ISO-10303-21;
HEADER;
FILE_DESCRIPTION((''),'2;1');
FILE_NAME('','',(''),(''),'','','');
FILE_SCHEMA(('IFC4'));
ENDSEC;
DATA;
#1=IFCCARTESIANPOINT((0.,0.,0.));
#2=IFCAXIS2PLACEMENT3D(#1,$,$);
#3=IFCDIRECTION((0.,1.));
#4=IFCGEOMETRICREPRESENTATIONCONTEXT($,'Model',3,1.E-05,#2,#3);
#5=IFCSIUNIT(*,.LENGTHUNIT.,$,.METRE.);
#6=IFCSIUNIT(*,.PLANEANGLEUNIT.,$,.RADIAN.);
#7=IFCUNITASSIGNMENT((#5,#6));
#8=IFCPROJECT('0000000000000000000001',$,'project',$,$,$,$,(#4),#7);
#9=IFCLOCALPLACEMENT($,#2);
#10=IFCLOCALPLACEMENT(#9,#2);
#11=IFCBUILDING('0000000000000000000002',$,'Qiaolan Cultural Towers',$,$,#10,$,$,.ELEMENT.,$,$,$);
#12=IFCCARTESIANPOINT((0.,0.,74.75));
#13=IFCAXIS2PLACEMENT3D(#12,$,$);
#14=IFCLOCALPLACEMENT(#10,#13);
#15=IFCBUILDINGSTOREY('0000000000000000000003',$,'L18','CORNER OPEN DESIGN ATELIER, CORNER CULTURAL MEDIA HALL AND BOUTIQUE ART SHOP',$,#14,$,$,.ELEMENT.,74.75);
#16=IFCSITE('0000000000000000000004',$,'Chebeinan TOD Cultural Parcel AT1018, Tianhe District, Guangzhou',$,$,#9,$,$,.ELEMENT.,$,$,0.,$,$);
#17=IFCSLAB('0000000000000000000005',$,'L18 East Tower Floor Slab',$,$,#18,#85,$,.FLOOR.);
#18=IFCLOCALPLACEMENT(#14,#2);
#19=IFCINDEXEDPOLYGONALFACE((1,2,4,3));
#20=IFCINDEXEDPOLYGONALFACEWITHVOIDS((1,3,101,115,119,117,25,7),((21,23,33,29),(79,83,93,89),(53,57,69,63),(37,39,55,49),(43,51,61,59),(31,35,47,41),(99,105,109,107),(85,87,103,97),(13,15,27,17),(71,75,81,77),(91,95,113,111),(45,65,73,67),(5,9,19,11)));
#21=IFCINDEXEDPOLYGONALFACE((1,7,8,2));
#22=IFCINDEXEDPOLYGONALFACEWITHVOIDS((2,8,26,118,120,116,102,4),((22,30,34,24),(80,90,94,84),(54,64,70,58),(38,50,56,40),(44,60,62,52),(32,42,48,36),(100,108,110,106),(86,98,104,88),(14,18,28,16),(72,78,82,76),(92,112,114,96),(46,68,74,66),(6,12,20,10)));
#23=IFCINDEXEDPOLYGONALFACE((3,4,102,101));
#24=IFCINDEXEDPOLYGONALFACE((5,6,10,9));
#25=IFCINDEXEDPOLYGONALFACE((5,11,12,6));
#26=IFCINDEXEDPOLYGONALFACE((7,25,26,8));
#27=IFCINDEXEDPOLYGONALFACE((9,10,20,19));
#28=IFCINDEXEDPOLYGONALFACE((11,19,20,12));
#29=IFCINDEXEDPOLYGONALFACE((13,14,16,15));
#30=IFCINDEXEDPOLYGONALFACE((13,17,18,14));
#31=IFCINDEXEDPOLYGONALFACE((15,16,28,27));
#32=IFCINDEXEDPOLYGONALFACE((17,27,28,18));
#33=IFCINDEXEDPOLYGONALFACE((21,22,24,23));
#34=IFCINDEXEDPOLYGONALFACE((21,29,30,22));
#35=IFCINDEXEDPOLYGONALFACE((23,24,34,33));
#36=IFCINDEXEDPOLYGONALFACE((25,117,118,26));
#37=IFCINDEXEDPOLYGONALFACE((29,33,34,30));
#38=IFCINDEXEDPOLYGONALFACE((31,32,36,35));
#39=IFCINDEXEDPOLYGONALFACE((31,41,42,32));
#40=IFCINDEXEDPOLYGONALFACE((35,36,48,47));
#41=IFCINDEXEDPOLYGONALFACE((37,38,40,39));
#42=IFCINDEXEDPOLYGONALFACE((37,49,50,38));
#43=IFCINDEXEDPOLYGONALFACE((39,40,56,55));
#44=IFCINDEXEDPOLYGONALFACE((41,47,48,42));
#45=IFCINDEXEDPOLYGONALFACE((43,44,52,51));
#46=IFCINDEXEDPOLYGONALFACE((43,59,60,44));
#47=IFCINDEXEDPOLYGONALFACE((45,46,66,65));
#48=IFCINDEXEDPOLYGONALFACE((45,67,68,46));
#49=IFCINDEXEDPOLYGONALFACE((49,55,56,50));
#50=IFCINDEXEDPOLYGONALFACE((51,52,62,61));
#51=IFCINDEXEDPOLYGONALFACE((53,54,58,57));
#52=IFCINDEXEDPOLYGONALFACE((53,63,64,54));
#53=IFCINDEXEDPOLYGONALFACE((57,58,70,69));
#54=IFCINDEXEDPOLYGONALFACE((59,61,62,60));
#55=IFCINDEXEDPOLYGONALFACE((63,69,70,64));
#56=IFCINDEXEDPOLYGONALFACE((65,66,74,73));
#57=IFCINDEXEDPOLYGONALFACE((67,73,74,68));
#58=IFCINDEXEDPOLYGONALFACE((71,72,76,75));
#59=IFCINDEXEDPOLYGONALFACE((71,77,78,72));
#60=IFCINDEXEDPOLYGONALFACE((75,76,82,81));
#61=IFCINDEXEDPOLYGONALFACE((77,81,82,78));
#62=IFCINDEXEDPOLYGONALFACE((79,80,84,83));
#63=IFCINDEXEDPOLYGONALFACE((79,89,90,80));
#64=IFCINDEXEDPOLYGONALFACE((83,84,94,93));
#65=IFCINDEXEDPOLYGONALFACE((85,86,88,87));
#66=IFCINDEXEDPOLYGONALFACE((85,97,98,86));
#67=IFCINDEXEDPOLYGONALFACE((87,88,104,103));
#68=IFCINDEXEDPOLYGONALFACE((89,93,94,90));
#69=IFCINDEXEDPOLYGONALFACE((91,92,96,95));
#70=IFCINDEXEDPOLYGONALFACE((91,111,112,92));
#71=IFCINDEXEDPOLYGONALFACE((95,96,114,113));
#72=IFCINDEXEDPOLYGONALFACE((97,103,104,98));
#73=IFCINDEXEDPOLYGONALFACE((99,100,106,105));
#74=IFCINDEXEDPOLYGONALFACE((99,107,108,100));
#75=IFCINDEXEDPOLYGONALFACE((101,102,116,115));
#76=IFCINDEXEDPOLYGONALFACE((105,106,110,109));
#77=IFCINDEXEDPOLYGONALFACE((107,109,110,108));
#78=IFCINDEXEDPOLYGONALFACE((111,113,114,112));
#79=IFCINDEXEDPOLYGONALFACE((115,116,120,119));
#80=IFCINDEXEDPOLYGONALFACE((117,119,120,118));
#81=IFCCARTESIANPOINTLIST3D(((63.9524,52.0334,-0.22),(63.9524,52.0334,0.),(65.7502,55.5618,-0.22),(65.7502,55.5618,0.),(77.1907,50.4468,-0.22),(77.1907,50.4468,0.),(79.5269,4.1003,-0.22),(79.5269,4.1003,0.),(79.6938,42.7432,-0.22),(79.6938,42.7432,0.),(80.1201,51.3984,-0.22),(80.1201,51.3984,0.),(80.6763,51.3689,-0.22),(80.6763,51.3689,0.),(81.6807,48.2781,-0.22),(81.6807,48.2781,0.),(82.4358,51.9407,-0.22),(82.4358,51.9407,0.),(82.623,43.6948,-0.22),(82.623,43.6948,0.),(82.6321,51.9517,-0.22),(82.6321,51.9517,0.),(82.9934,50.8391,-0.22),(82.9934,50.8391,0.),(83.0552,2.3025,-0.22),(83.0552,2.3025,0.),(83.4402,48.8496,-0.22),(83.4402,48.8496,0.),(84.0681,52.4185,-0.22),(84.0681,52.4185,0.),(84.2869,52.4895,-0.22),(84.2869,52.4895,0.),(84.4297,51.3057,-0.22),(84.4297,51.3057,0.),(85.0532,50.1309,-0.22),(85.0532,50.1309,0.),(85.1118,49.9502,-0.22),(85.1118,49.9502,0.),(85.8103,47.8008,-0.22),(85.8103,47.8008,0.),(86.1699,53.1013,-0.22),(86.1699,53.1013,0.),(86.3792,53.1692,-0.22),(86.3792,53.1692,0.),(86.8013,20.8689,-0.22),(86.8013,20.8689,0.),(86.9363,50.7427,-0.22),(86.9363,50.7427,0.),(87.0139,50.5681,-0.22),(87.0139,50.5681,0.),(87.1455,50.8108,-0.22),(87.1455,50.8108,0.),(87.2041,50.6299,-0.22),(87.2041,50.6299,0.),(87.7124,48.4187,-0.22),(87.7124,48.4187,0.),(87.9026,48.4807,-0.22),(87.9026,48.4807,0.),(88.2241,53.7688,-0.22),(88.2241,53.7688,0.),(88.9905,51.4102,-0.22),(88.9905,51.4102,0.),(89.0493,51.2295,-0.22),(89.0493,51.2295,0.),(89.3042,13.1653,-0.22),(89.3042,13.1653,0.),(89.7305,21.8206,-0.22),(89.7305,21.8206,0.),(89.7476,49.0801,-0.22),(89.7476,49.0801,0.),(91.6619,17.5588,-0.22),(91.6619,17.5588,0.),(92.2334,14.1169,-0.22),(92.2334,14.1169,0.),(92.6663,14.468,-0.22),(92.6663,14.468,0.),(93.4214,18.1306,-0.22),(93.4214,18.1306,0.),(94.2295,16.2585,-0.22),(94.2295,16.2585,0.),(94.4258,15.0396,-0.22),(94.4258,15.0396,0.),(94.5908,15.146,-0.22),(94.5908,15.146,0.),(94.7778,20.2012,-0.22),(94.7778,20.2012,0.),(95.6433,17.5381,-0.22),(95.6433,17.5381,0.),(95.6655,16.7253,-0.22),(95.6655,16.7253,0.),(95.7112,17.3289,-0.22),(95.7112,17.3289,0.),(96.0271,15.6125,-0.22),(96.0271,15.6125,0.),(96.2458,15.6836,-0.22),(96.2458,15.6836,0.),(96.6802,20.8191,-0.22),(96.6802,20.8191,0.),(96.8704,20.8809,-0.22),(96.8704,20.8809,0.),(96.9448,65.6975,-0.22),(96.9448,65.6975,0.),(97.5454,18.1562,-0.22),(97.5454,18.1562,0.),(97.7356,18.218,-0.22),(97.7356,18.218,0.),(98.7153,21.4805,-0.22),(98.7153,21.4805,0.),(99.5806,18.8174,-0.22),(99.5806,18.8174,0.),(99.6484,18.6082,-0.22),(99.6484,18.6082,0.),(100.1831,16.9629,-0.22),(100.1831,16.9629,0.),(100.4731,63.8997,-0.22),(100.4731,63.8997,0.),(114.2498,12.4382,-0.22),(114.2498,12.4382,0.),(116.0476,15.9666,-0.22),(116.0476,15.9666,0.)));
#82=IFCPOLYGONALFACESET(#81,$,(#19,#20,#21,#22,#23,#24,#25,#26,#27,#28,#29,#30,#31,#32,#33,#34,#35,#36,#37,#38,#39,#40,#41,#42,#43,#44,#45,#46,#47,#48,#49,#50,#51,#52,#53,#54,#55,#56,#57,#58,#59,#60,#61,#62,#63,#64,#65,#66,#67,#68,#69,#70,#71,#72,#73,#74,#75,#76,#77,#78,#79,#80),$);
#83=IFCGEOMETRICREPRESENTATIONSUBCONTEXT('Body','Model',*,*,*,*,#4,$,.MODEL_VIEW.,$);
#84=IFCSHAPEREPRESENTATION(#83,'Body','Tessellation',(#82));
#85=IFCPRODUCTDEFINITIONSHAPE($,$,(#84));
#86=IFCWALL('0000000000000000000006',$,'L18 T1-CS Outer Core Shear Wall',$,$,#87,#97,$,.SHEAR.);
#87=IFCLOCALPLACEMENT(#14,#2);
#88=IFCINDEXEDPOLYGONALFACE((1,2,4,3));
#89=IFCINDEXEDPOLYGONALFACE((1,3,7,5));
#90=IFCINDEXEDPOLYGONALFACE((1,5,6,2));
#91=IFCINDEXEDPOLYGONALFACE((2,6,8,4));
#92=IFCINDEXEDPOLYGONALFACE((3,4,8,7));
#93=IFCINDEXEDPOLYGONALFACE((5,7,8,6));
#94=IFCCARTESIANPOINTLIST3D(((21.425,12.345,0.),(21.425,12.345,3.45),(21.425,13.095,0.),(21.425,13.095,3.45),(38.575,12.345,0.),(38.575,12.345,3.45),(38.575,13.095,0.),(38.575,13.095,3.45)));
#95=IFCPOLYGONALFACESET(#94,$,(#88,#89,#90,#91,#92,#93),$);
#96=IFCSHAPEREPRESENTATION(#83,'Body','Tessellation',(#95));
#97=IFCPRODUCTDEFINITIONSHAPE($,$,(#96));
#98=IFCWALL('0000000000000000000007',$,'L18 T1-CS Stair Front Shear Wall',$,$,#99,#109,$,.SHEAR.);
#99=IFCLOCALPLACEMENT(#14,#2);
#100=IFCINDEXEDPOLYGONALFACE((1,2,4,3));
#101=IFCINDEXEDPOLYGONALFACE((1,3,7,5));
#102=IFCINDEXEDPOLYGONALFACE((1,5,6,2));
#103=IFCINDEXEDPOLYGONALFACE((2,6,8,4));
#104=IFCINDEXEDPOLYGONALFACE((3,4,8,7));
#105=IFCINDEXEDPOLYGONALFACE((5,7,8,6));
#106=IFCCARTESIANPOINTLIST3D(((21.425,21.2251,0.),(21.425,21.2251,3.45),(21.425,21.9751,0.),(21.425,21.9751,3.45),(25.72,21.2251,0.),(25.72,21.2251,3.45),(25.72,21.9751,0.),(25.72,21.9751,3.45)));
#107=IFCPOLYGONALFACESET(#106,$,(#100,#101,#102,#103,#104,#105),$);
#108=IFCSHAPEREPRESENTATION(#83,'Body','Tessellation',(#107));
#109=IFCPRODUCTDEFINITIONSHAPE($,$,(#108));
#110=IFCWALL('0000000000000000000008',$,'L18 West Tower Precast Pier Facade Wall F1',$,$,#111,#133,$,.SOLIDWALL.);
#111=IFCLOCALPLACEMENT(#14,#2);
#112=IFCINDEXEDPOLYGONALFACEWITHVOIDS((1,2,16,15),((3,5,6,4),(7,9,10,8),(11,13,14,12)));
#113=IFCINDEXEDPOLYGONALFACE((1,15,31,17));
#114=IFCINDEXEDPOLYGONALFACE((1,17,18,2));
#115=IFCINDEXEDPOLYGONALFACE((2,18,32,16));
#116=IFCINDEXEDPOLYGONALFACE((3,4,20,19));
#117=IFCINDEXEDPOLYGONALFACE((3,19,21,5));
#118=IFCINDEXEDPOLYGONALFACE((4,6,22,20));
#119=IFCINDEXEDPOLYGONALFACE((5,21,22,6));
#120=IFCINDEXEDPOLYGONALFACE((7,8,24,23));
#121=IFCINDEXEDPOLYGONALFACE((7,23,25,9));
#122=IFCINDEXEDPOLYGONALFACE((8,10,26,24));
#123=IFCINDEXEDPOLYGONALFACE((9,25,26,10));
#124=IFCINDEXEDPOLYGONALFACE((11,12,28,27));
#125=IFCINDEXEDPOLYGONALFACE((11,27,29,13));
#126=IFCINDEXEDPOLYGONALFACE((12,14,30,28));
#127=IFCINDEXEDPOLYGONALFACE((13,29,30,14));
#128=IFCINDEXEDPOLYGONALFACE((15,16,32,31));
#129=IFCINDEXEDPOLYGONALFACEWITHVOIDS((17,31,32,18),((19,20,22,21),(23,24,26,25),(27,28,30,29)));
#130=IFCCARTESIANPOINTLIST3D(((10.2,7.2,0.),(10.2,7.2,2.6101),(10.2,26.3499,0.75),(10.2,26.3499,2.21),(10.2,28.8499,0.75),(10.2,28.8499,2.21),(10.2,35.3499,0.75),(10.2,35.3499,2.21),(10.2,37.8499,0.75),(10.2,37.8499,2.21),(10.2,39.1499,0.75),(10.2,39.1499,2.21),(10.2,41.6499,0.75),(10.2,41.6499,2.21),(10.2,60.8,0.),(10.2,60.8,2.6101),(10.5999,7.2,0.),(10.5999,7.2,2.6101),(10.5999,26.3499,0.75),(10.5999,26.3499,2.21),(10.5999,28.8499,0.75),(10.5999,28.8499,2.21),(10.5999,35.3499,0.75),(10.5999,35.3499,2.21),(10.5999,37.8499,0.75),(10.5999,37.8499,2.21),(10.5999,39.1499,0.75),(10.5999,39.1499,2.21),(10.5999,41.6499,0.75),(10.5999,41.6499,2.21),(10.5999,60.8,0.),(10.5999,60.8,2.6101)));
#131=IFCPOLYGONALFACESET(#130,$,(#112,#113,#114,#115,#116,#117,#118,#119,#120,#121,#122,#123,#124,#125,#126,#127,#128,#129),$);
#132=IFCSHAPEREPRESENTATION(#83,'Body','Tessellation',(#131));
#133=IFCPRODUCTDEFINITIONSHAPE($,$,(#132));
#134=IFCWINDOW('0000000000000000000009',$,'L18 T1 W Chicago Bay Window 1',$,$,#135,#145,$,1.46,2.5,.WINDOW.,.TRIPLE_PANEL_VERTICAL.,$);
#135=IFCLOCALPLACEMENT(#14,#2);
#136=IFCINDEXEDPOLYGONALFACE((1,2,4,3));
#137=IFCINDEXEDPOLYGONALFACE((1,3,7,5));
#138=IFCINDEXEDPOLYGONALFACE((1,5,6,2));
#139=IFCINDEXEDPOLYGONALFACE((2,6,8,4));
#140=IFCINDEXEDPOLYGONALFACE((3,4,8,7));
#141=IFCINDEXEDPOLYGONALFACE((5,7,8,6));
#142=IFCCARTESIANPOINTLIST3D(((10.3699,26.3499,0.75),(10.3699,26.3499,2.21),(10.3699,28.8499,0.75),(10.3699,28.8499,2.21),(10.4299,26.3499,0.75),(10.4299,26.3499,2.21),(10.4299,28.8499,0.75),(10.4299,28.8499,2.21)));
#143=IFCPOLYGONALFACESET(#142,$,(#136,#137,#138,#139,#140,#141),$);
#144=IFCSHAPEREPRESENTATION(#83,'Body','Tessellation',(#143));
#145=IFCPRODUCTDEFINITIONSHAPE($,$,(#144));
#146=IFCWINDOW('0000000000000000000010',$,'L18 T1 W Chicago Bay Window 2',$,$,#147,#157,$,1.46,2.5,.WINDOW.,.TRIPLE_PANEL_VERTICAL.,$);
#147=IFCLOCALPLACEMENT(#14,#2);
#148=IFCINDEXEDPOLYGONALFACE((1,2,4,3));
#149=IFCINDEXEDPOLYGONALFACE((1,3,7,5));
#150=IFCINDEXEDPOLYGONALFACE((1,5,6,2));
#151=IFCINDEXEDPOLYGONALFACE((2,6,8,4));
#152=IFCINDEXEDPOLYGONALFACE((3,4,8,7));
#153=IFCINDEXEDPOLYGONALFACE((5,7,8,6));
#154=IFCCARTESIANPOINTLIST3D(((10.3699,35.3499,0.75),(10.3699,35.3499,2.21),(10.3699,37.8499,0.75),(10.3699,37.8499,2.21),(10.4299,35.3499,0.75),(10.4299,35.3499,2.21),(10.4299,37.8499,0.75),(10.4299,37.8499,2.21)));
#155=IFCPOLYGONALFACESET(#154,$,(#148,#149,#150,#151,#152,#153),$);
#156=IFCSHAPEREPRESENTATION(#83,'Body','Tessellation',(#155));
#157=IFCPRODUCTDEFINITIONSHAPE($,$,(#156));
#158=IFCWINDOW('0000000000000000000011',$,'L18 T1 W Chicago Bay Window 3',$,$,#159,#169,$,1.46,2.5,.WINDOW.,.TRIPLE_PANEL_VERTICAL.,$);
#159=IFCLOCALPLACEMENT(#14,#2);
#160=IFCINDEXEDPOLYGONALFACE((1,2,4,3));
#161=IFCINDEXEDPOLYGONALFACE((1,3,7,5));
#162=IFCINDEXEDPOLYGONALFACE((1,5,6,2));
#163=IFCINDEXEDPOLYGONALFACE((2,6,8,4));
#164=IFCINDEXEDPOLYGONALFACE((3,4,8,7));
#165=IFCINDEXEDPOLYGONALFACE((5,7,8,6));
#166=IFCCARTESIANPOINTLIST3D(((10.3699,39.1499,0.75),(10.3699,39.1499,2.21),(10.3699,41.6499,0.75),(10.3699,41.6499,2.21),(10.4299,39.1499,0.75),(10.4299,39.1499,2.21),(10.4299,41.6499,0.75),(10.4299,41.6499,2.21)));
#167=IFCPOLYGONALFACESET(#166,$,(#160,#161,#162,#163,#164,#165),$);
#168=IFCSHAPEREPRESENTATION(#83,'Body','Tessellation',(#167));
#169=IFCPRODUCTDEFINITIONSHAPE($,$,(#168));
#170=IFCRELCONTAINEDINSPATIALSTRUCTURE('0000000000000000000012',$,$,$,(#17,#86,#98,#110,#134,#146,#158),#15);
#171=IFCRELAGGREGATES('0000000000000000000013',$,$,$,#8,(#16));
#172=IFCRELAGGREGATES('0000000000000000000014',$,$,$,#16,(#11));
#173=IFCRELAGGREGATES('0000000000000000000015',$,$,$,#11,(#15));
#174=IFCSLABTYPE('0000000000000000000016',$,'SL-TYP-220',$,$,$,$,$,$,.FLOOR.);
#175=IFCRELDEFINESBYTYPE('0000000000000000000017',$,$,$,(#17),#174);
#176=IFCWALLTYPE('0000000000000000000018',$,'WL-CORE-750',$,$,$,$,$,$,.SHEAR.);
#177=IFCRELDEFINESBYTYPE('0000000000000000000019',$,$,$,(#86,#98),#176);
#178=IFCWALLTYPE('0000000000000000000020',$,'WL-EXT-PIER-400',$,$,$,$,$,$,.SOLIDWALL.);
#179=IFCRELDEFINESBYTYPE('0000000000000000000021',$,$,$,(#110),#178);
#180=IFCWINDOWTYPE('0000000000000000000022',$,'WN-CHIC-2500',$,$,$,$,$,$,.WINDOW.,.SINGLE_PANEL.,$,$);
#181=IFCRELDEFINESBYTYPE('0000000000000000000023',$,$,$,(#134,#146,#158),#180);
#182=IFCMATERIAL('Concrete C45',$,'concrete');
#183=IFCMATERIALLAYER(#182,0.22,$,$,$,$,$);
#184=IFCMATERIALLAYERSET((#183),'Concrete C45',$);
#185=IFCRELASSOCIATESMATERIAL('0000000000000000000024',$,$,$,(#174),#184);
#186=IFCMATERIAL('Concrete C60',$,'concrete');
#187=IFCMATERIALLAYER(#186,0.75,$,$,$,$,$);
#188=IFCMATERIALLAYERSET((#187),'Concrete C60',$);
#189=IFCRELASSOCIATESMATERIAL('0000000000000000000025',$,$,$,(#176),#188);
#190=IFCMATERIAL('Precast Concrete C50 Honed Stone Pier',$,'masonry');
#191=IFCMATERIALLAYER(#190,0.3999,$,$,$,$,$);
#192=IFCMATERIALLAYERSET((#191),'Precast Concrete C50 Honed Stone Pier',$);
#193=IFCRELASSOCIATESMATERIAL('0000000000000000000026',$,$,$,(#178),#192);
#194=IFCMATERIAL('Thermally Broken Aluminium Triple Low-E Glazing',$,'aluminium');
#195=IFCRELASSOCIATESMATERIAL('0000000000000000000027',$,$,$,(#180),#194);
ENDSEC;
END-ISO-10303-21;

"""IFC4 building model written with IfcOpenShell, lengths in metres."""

from ifc_helpers import new_model, si_unit, direction, frame, frame_2d, origin, place, context, subcontext, project, spatial, polyline, rectangle, outline, extrude, material, layer, layer_set, type_object, element, fill, save


model = new_model("IFC4")

# Units and contexts
model_context = context("Model", 3, precision=1e-05, world=origin(), true_north=direction((0.0, 1.0)))
body_context = subcontext(model_context, "Body", "Model", "MODEL_VIEW")
ifc_project = project(units=[si_unit("LENGTHUNIT", "METRE"), si_unit("PLANEANGLEUNIT", "RADIAN")], contexts=[model_context])

# Site, building, storey
site_placement = place(None, origin())
site = spatial("IfcSite", under=ifc_project, at=site_placement, Name="Chebeinan TOD Cultural Parcel AT1018, Tianhe District, Guangzhou", CompositionType="ELEMENT", RefElevation=0.0)
building_placement = place(site_placement, origin())
building = spatial("IfcBuilding", under=site, at=building_placement, Name="Qiaolan Cultural Towers", CompositionType="ELEMENT")
storey_placement = place(building_placement, frame((0.0, 0.0, 74.75)))
storey = spatial("IfcBuildingStorey", under=building, at=storey_placement, Name="L18", Description="CORNER OPEN DESIGN ATELIER, CORNER CULTURAL MEDIA HALL AND BOUTIQUE ART SHOP", CompositionType="ELEMENT", Elevation=74.75)

# Slab
ifc_material_1 = material(Name="Concrete C45", Category="concrete")
ifc_layer_1 = layer(ifc_material_1, 0.22)
ifc_layer_set_1 = layer_set([ifc_layer_1], Name="Concrete C45")
slab_type_1 = type_object("IfcSlabType", Name="SL-TYP-220", PredefinedType="FLOOR", material=ifc_layer_set_1)
slab_1_placement = place(storey_placement, frame((0.0, 0.0, -0.22)))
element("IfcSlab", 1, at=slab_1_placement, inside=storey, type_object=slab_type_1, Name="L18 East Tower Floor Slab", PredefinedType="FLOOR", context=body_context, shape_type="SweptSolid", body=[
    extrude(outline(polyline([(83.0552, 2.3025), (114.2498, 12.4382), (116.0476, 15.9666), (100.4731, 63.8997), (96.9448, 65.6975), (65.7502, 55.5618), (63.9524, 52.0334), (79.5269, 4.1003), (83.0552, 2.3025)]), holes=[polyline([(86.8013, 20.8689), (89.3042, 13.1653), (92.2334, 14.1169), (89.7305, 21.8206), (86.8013, 20.8689)]), polyline([(82.623, 43.6948), (80.1201, 51.3984), (77.1907, 50.4468), (79.6938, 42.7432), (82.623, 43.6948)]), polyline([(92.6663, 14.468), (94.4258, 15.0396), (93.4214, 18.1306), (91.6619, 17.5588), (92.6663, 14.468)]), polyline([(94.5908, 15.146), (96.0271, 15.6125), (95.6655, 16.7253), (94.2295, 16.2585), (94.5908, 15.146)]), polyline([(95.6433, 17.5381), (97.5454, 18.1562), (96.6802, 20.8191), (94.7778, 20.2012), (95.6433, 17.5381)]), polyline([(97.7356, 18.218), (99.5806, 18.8174), (98.7153, 21.4805), (96.8704, 20.8809), (97.7356, 18.218)]), polyline([(96.2458, 15.6836), (100.1831, 16.9629), (99.6484, 18.6082), (95.7112, 17.3289), (96.2458, 15.6836)]), polyline([(81.6807, 48.2781), (83.4402, 48.8496), (82.4358, 51.9407), (80.6763, 51.3689), (81.6807, 48.2781)]), polyline([(82.9934, 50.8391), (84.4297, 51.3057), (84.0681, 52.4185), (82.6321, 51.9517), (82.9934, 50.8391)]), polyline([(85.8103, 47.8008), (87.7124, 48.4187), (87.0139, 50.5681), (85.1118, 49.9502), (85.8103, 47.8008)]), polyline([(87.9026, 48.4807), (89.7476, 49.0801), (89.0493, 51.2295), (87.2041, 50.6299), (87.9026, 48.4807)]), polyline([(85.0532, 50.1309), (86.9363, 50.7427), (86.1699, 53.1013), (84.2869, 52.4895), (85.0532, 50.1309)]), polyline([(87.1455, 50.8108), (88.9905, 51.4102), (88.2241, 53.7688), (86.3792, 53.1692), (87.1455, 50.8108)])]), origin(), (0.0, 0.0, 1.0), 0.22),
])

# Walls
ifc_material_2 = material(Name="Concrete C60", Category="concrete")
ifc_layer_2 = layer(ifc_material_2, 0.75)
ifc_layer_set_2 = layer_set([ifc_layer_2], Name="Concrete C60")
wall_type_1 = type_object("IfcWallType", Name="WL-CORE-750", PredefinedType="SHEAR", material=ifc_layer_set_2)
wall_1_placement = place(storey_placement, frame((21.425, 12.72, 0.0), z_axis=(0.0, 0.0, 1.0), x_axis=(1.0, 0.0, 0.0)))
element("IfcWall", 2, at=wall_1_placement, inside=storey, type_object=wall_type_1, Name="L18 T1-CS Outer Core Shear Wall", PredefinedType="SHEAR", context=body_context, shape_type="SweptSolid", body=[
    extrude(rectangle(XDim=17.1499, YDim=0.75, at=frame_2d((8.575, 0.0))), origin(), (0.0, 0.0, 1.0), 3.45),
])
wall_2_placement = place(storey_placement, frame((21.425, 21.6001, 0.0), z_axis=(0.0, 0.0, 1.0), x_axis=(1.0, 0.0, 0.0)))
element("IfcWall", 3, at=wall_2_placement, inside=storey, type_object=wall_type_1, Name="L18 T1-CS Stair Front Shear Wall", PredefinedType="SHEAR", context=body_context, shape_type="SweptSolid", body=[
    extrude(rectangle(XDim=4.2949, YDim=0.75, at=frame_2d((2.1475, 0.0))), origin(), (0.0, 0.0, 1.0), 3.45),
])

# Wall, openings, windows
ifc_material_3 = material(Name="Precast Concrete C50 Honed Stone Pier", Category="masonry")
ifc_layer_3 = layer(ifc_material_3, 0.3999)
ifc_layer_set_3 = layer_set([ifc_layer_3], Name="Precast Concrete C50 Honed Stone Pier")
wall_type_2 = type_object("IfcWallType", Name="WL-EXT-PIER-400", PredefinedType="SOLIDWALL", material=ifc_layer_set_3)
wall_3_placement = place(storey_placement, frame((10.3999, 7.2, 0.0), z_axis=(0.0, 0.0, 1.0), x_axis=(0.0, 1.0, 0.0)))
wall_3 = element("IfcWall", 4, at=wall_3_placement, inside=storey, type_object=wall_type_2, Name="L18 West Tower Precast Pier Facade Wall F1", PredefinedType="SOLIDWALL", context=body_context, shape_type="SweptSolid", body=[
    extrude(rectangle(XDim=53.6001, YDim=0.3999, at=frame_2d((26.8, 0.0))), origin(), (0.0, 0.0, 1.0), 2.6101),
])
opening_1_placement = place(wall_3_placement, frame((19.1499, 0.0, 0.75)))
opening_1 = element("IfcOpeningElement", 5, at=opening_1_placement, cuts=wall_3, PredefinedType="OPENING", context=body_context, shape_type="SweptSolid", body=[
    extrude(rectangle(XDim=2.5, YDim=1.46, at=frame_2d((1.25, 0.73))), frame((0.0, 0.21, 0.0), z_axis=(0.0, -1.0, 0.0), x_axis=(1.0, 0.0, 0.0)), (0.0, 0.0, 1.0), 0.4199),
])
opening_2_placement = place(wall_3_placement, frame((28.1499, 0.0, 0.75)))
opening_2 = element("IfcOpeningElement", 6, at=opening_2_placement, cuts=wall_3, PredefinedType="OPENING", context=body_context, shape_type="SweptSolid", body=[
    extrude(rectangle(XDim=2.5, YDim=1.46, at=frame_2d((1.25, 0.73))), frame((0.0, 0.21, 0.0), z_axis=(0.0, -1.0, 0.0), x_axis=(1.0, 0.0, 0.0)), (0.0, 0.0, 1.0), 0.4199),
])
opening_3_placement = place(wall_3_placement, frame((31.95, 0.0, 0.75)))
opening_3 = element("IfcOpeningElement", 7, at=opening_3_placement, cuts=wall_3, PredefinedType="OPENING", context=body_context, shape_type="SweptSolid", body=[
    extrude(rectangle(XDim=2.5, YDim=1.46, at=frame_2d((1.25, 0.73))), frame((0.0, 0.21, 0.0), z_axis=(0.0, -1.0, 0.0), x_axis=(1.0, 0.0, 0.0)), (0.0, 0.0, 1.0), 0.4199),
])
ifc_material_4 = material(Name="Thermally Broken Aluminium Triple Low-E Glazing", Category="aluminium")
window_type = type_object("IfcWindowType", Name="WN-CHIC-2500", PartitioningType="SINGLE_PANEL", PredefinedType="WINDOW", material=ifc_material_4)
window_1_placement = place(opening_1_placement, origin())
window_1 = element("IfcWindow", 8, at=window_1_placement, inside=storey, type_object=window_type, Name="L18 T1 W Chicago Bay Window 1", OverallHeight=1.46, OverallWidth=2.5, PartitioningType="TRIPLE_PANEL_VERTICAL", PredefinedType="WINDOW", context=body_context, shape_type="SweptSolid", body=[
    extrude(rectangle(XDim=2.5, YDim=1.46, at=frame_2d((1.25, 0.73))), frame((0.0, 0.03, 0.0), z_axis=(0.0, -1.0, 0.0), x_axis=(1.0, 0.0, 0.0)), (0.0, 0.0, 1.0), 0.0601),
])
fill(opening_1, window_1)
window_2_placement = place(opening_2_placement, origin())
window_2 = element("IfcWindow", 9, at=window_2_placement, inside=storey, type_object=window_type, Name="L18 T1 W Chicago Bay Window 2", OverallHeight=1.46, OverallWidth=2.5, PartitioningType="TRIPLE_PANEL_VERTICAL", PredefinedType="WINDOW", context=body_context, shape_type="SweptSolid", body=[
    extrude(rectangle(XDim=2.5, YDim=1.46, at=frame_2d((1.25, 0.73))), frame((0.0, 0.03, 0.0), z_axis=(0.0, -1.0, 0.0), x_axis=(1.0, 0.0, 0.0)), (0.0, 0.0, 1.0), 0.0601),
])
fill(opening_2, window_2)
window_3_placement = place(opening_3_placement, origin())
window_3 = element("IfcWindow", 10, at=window_3_placement, inside=storey, type_object=window_type, Name="L18 T1 W Chicago Bay Window 3", OverallHeight=1.46, OverallWidth=2.5, PartitioningType="TRIPLE_PANEL_VERTICAL", PredefinedType="WINDOW", context=body_context, shape_type="SweptSolid", body=[
    extrude(rectangle(XDim=2.5, YDim=1.46, at=frame_2d((1.25, 0.73))), frame((0.0, 0.03, 0.0), z_axis=(0.0, -1.0, 0.0), x_axis=(1.0, 0.0, 0.0)), (0.0, 0.0, 1.0), 0.0601),
])
fill(opening_3, window_3)

save(model, "model.ifc")
